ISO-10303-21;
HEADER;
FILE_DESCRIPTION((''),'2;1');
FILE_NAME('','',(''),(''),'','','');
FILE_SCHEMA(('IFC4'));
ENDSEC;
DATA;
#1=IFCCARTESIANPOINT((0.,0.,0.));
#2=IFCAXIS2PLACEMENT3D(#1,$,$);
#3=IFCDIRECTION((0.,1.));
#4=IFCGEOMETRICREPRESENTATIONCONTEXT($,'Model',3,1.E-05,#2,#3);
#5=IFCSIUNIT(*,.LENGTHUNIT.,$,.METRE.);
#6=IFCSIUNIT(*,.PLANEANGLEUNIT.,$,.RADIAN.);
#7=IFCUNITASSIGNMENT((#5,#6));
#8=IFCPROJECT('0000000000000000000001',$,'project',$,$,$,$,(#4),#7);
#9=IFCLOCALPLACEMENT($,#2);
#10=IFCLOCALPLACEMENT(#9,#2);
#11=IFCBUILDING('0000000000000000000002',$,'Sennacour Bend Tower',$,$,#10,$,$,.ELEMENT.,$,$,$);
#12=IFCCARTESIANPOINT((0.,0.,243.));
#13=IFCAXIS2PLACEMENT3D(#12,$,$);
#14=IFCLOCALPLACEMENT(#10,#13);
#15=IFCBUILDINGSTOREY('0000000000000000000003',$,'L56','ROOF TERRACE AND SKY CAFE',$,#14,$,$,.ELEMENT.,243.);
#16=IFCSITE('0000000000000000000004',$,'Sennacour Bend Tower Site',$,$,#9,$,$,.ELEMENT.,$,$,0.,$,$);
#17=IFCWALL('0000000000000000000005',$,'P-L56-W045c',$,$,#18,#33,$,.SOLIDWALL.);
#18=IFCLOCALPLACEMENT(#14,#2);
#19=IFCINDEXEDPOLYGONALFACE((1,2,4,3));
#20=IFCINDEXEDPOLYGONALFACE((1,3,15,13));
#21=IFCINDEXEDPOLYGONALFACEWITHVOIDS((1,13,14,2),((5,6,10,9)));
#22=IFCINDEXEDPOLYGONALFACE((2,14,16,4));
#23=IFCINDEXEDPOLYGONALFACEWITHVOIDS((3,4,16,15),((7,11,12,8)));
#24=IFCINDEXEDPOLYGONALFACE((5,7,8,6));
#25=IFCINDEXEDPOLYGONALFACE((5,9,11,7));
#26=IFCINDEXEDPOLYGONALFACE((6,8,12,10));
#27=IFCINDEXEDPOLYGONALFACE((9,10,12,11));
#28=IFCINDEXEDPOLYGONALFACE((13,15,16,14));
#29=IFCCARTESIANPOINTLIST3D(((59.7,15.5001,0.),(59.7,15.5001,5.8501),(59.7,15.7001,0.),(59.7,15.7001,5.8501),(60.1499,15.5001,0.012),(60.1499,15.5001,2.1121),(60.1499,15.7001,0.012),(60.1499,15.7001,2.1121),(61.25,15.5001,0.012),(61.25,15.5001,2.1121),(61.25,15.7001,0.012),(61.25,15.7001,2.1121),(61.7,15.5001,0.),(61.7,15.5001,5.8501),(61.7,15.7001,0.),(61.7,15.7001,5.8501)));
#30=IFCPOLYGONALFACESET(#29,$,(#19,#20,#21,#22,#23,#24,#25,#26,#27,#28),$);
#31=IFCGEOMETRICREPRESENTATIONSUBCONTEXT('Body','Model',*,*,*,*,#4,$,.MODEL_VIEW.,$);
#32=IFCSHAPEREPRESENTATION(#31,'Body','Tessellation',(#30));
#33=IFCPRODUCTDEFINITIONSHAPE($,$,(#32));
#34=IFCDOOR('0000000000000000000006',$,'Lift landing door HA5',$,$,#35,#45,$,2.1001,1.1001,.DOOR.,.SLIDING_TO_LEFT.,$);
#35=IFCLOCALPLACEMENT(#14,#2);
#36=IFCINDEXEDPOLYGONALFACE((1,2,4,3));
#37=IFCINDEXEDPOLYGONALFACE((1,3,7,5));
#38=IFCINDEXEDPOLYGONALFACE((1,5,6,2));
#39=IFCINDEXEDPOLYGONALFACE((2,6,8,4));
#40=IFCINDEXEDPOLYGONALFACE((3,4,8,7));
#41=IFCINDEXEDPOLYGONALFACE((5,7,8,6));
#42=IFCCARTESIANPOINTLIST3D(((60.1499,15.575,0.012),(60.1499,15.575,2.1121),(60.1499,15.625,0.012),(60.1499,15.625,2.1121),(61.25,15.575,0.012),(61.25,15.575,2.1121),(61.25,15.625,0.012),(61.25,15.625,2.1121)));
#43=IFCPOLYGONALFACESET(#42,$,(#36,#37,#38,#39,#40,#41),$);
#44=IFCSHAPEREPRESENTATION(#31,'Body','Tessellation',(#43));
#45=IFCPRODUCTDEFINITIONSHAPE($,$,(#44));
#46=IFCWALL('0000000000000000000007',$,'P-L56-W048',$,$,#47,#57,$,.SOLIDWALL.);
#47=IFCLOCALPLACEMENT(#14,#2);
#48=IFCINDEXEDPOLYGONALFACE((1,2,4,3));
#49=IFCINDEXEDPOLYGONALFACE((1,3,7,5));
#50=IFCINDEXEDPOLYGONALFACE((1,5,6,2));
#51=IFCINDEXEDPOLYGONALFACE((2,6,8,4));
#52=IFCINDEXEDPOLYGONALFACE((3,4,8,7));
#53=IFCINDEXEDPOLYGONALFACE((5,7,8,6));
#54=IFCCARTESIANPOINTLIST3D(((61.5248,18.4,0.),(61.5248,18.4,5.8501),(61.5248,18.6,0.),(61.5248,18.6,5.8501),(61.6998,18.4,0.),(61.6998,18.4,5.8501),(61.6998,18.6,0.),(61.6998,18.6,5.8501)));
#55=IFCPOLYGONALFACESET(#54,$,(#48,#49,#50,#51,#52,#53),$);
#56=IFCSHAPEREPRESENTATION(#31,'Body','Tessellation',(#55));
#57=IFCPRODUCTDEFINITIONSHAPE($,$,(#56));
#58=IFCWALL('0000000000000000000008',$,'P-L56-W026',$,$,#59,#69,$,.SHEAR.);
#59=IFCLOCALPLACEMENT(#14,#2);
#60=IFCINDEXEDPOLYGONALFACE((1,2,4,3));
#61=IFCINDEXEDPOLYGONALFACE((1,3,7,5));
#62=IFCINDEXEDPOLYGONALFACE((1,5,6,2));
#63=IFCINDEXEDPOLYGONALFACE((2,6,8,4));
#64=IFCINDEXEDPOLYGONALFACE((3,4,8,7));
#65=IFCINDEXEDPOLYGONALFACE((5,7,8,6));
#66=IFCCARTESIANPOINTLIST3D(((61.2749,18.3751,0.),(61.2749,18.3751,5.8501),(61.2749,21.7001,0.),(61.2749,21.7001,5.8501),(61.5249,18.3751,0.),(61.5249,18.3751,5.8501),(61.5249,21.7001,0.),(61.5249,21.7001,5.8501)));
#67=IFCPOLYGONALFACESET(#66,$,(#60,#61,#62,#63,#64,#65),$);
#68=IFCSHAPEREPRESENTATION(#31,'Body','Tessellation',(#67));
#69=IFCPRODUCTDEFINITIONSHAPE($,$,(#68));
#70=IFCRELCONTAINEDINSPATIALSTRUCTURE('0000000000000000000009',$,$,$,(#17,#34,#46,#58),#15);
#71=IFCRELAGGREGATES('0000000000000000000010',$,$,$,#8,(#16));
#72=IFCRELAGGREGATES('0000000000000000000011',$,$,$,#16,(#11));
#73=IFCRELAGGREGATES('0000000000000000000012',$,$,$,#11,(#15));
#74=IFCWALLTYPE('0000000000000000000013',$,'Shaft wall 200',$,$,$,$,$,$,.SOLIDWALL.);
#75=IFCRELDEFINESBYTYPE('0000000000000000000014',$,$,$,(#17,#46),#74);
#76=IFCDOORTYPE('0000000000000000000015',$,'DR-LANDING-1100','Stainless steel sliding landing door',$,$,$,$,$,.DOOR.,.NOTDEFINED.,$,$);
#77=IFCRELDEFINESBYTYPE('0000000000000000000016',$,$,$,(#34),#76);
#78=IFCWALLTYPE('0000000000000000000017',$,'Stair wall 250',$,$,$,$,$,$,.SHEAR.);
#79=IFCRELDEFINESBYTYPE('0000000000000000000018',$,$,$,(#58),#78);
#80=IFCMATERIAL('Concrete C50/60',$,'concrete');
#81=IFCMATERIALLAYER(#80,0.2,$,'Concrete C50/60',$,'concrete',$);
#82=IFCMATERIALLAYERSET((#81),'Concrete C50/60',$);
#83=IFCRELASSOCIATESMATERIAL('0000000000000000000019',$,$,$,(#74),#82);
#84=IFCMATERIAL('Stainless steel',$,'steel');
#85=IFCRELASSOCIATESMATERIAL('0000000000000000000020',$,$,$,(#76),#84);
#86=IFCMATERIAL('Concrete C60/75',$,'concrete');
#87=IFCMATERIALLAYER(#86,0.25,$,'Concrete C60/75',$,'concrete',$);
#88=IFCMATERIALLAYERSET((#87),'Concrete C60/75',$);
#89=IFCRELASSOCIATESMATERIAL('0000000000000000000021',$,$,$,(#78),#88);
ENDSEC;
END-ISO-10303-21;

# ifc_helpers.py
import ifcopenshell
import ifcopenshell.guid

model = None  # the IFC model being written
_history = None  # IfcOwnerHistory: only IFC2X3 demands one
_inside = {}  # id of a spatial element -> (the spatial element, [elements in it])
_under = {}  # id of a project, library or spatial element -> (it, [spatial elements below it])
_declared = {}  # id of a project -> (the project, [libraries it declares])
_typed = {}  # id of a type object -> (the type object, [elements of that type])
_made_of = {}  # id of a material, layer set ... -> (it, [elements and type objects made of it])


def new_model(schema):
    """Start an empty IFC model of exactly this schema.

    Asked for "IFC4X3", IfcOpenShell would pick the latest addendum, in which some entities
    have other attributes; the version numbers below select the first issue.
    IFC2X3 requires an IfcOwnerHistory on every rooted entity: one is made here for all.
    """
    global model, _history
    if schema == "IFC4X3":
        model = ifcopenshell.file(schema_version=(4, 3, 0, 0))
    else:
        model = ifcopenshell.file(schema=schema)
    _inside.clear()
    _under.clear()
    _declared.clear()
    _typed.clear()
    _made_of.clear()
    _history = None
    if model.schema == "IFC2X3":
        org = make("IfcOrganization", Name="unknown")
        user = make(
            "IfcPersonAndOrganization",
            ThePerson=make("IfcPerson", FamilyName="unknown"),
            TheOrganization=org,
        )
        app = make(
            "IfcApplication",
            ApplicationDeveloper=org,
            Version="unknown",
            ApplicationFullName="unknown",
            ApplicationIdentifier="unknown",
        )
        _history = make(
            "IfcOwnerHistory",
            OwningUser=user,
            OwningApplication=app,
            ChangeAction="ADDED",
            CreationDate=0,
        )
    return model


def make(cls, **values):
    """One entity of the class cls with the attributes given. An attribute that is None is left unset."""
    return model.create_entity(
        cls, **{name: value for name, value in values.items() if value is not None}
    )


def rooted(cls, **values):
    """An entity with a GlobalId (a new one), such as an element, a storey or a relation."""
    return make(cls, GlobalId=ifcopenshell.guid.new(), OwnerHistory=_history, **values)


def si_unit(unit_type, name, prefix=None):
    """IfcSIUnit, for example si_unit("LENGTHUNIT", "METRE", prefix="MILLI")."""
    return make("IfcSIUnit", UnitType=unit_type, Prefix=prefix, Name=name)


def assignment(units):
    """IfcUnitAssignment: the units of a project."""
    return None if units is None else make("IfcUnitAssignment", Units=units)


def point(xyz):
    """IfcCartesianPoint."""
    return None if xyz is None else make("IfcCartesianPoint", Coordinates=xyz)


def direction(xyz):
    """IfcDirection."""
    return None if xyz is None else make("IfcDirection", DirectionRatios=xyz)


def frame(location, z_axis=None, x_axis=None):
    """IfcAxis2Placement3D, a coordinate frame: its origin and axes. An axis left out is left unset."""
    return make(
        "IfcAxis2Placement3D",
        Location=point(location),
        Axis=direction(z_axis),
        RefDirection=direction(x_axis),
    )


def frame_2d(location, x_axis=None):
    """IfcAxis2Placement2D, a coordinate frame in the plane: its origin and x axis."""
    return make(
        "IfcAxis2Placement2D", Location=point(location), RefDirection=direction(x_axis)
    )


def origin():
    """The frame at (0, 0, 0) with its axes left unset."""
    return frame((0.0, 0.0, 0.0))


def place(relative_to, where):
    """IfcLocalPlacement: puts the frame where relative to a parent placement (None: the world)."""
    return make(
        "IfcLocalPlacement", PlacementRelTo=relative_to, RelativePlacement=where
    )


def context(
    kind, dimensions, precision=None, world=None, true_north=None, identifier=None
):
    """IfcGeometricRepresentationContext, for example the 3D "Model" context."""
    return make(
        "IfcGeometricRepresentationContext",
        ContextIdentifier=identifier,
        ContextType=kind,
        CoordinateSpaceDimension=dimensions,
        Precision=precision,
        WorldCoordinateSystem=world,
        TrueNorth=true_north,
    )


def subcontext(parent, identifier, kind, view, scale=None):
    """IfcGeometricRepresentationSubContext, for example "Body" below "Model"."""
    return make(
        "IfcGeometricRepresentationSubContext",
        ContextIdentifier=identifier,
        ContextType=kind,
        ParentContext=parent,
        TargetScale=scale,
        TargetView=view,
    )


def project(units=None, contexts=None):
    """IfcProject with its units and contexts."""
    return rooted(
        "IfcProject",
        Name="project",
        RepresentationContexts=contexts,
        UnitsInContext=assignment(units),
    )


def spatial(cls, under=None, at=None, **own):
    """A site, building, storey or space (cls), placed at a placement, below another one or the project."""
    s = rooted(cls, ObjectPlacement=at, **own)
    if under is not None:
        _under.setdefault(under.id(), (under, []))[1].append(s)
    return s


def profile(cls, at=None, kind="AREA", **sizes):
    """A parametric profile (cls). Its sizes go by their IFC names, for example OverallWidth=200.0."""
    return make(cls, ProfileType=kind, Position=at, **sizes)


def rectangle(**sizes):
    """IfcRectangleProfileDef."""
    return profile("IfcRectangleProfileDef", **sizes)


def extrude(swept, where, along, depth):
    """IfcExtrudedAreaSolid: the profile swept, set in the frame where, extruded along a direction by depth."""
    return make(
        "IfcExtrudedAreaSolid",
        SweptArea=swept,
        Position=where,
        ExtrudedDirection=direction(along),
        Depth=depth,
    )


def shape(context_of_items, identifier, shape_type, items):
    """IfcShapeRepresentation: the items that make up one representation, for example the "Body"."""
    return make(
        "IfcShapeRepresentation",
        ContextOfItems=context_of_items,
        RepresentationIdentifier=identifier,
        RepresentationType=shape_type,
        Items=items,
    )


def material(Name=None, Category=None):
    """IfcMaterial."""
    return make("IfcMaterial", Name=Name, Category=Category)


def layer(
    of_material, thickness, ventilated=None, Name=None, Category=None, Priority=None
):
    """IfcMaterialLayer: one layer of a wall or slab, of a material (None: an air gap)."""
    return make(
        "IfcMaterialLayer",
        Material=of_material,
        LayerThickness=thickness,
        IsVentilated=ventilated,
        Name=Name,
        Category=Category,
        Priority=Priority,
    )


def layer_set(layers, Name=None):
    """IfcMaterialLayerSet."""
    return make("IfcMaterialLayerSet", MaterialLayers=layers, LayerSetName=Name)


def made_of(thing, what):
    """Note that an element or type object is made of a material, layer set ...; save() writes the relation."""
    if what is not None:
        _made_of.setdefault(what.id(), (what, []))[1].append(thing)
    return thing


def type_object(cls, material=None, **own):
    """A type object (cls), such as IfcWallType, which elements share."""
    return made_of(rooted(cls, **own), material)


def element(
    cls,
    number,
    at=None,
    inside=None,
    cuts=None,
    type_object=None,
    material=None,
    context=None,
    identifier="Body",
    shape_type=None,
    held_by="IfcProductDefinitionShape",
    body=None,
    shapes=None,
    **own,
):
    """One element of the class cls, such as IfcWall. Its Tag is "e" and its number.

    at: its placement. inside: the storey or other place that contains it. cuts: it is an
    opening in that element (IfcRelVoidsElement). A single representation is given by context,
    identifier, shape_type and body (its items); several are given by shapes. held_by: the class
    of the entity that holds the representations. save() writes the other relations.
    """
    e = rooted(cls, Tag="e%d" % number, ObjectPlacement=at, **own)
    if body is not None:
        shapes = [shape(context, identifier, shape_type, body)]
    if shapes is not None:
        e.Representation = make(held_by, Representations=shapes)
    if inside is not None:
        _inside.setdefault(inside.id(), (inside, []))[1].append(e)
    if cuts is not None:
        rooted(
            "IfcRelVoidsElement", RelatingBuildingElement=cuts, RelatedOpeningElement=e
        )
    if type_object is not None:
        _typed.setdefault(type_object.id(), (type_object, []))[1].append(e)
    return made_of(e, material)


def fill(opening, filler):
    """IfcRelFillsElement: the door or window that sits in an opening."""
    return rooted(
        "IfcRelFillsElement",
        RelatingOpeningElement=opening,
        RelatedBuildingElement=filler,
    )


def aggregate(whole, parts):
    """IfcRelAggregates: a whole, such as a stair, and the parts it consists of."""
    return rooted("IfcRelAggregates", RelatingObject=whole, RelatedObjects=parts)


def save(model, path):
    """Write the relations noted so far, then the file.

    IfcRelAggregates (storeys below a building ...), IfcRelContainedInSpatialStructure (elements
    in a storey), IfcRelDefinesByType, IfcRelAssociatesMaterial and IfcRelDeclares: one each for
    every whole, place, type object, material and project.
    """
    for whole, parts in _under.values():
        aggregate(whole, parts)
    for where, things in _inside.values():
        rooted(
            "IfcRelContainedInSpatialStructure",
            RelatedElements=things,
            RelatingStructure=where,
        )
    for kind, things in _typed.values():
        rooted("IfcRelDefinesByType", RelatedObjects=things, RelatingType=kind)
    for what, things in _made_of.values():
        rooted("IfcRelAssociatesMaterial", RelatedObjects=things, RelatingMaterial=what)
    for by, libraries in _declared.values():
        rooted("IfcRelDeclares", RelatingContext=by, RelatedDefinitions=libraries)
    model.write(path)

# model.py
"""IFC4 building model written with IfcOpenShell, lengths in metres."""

from ifc_helpers import new_model, si_unit, direction, frame, frame_2d, origin, place, context, subcontext, project, spatial, rectangle, extrude, material, layer, layer_set, type_object, element, fill, save


model = new_model("IFC4")

# Units and contexts
model_context = context("Model", 3, precision=1e-05, world=origin(), true_north=direction((0.0, 1.0)))
body_context = subcontext(model_context, "Body", "Model", "MODEL_VIEW")
ifc_project = project(units=[si_unit("LENGTHUNIT", "METRE"), si_unit("PLANEANGLEUNIT", "RADIAN")], contexts=[model_context])

# Site, building, storey
site_placement = place(None, origin())
site = spatial("IfcSite", under=ifc_project, at=site_placement, Name="Sennacour Bend Tower Site", CompositionType="ELEMENT", RefElevation=0.0)
building_placement = place(site_placement, origin())
building = spatial("IfcBuilding", under=site, at=building_placement, Name="Sennacour Bend Tower", CompositionType="ELEMENT")
storey_placement = place(building_placement, frame((0.0, 0.0, 243.0)))
storey = spatial("IfcBuildingStorey", under=building, at=storey_placement, Name="L56", Description="ROOF TERRACE AND SKY CAFE", CompositionType="ELEMENT", Elevation=243.0)

# Shared definitions
ifc_material_1 = material(Name="Concrete C50/60", Category="concrete")
ifc_layer_1 = layer(ifc_material_1, 0.2, Name="Concrete C50/60", Category="concrete")
ifc_layer_set_1 = layer_set([ifc_layer_1], Name="Concrete C50/60")
wall_type_1 = type_object("IfcWallType", Name="Shaft wall 200", PredefinedType="SOLIDWALL", material=ifc_layer_set_1)

# Shared definitions
ifc_material_2 = material(Name="Stainless steel", Category="steel")
door_type_1 = type_object("IfcDoorType", Name="DR-LANDING-1100", Description="Stainless steel sliding landing door", OperationType="NOTDEFINED", PredefinedType="DOOR", material=ifc_material_2)

# Wall, opening, door
wall_1_placement = place(storey_placement, frame((59.7, 15.6001, 0.0), z_axis=(0.0, 0.0, 1.0), x_axis=(1.0, 0.0, 0.0)))
wall_1 = element("IfcWall", 1, at=wall_1_placement, inside=storey, type_object=wall_type_1, Name="P-L56-W045c", PredefinedType="SOLIDWALL", context=body_context, shape_type="SweptSolid", body=[
    extrude(rectangle(XDim=2.0, YDim=0.2, at=frame_2d((1.0, 0.0))), origin(), (0.0, 0.0, 1.0), 5.8501),
])
opening_1_placement = place(wall_1_placement, frame((0.45, 0.0, 0.012)))
opening_1 = element("IfcOpeningElement", 2, at=opening_1_placement, cuts=wall_1, PredefinedType="OPENING", context=body_context, shape_type="SweptSolid", body=[
    extrude(rectangle(XDim=1.1001, YDim=2.1001, at=frame_2d((0.55, 1.05))), frame((0.0, 0.1099, 0.0), z_axis=(0.0, -1.0, 0.0), x_axis=(1.0, 0.0, 0.0)), (0.0, 0.0, 1.0), 0.22),
])
door_1_placement = place(opening_1_placement, origin())
door_1 = element("IfcDoor", 3, at=door_1_placement, inside=storey, type_object=door_type_1, Name="Lift landing door HA5", OperationType="SLIDING_TO_LEFT", OverallHeight=2.1001, OverallWidth=1.1001, PredefinedType="DOOR", context=body_context, shape_type="SweptSolid", body=[
    extrude(rectangle(XDim=1.1001, YDim=2.1001, at=frame_2d((0.55, 1.05))), frame((0.0, 0.0249, 0.0), z_axis=(0.0, -1.0, 0.0), x_axis=(1.0, 0.0, 0.0)), (0.0, 0.0, 1.0), 0.05),
])
fill(opening_1, door_1)

# Walls
wall_2_placement = place(storey_placement, frame((61.5249, 18.5, 0.0), z_axis=(0.0, 0.0, 1.0), x_axis=(1.0, 0.0, 0.0)))
element("IfcWall", 4, at=wall_2_placement, inside=storey, type_object=wall_type_1, Name="P-L56-W048", PredefinedType="SOLIDWALL", context=body_context, shape_type="SweptSolid", body=[
    extrude(rectangle(XDim=0.175, YDim=0.2, at=frame_2d((0.0874, 0.0))), origin(), (0.0, 0.0, 1.0), 5.8501),
])
ifc_material_3 = material(Name="Concrete C60/75", Category="concrete")
ifc_layer_2 = layer(ifc_material_3, 0.25, Name="Concrete C60/75", Category="concrete")
ifc_layer_set_2 = layer_set([ifc_layer_2], Name="Concrete C60/75")
wall_type_2 = type_object("IfcWallType", Name="Stair wall 250", PredefinedType="SHEAR", material=ifc_layer_set_2)
wall_3_placement = place(storey_placement, frame((61.3999, 18.375, 0.0), z_axis=(0.0, 0.0, 1.0), x_axis=(0.0, 1.0, 0.0)))
element("IfcWall", 5, at=wall_3_placement, inside=storey, type_object=wall_type_2, Name="P-L56-W026", PredefinedType="SHEAR", context=body_context, shape_type="SweptSolid", body=[
    extrude(rectangle(XDim=3.325, YDim=0.25, at=frame_2d((1.6626, 0.0))), origin(), (0.0, 0.0, 1.0), 5.8501),
])

save(model, "model.ifc")
